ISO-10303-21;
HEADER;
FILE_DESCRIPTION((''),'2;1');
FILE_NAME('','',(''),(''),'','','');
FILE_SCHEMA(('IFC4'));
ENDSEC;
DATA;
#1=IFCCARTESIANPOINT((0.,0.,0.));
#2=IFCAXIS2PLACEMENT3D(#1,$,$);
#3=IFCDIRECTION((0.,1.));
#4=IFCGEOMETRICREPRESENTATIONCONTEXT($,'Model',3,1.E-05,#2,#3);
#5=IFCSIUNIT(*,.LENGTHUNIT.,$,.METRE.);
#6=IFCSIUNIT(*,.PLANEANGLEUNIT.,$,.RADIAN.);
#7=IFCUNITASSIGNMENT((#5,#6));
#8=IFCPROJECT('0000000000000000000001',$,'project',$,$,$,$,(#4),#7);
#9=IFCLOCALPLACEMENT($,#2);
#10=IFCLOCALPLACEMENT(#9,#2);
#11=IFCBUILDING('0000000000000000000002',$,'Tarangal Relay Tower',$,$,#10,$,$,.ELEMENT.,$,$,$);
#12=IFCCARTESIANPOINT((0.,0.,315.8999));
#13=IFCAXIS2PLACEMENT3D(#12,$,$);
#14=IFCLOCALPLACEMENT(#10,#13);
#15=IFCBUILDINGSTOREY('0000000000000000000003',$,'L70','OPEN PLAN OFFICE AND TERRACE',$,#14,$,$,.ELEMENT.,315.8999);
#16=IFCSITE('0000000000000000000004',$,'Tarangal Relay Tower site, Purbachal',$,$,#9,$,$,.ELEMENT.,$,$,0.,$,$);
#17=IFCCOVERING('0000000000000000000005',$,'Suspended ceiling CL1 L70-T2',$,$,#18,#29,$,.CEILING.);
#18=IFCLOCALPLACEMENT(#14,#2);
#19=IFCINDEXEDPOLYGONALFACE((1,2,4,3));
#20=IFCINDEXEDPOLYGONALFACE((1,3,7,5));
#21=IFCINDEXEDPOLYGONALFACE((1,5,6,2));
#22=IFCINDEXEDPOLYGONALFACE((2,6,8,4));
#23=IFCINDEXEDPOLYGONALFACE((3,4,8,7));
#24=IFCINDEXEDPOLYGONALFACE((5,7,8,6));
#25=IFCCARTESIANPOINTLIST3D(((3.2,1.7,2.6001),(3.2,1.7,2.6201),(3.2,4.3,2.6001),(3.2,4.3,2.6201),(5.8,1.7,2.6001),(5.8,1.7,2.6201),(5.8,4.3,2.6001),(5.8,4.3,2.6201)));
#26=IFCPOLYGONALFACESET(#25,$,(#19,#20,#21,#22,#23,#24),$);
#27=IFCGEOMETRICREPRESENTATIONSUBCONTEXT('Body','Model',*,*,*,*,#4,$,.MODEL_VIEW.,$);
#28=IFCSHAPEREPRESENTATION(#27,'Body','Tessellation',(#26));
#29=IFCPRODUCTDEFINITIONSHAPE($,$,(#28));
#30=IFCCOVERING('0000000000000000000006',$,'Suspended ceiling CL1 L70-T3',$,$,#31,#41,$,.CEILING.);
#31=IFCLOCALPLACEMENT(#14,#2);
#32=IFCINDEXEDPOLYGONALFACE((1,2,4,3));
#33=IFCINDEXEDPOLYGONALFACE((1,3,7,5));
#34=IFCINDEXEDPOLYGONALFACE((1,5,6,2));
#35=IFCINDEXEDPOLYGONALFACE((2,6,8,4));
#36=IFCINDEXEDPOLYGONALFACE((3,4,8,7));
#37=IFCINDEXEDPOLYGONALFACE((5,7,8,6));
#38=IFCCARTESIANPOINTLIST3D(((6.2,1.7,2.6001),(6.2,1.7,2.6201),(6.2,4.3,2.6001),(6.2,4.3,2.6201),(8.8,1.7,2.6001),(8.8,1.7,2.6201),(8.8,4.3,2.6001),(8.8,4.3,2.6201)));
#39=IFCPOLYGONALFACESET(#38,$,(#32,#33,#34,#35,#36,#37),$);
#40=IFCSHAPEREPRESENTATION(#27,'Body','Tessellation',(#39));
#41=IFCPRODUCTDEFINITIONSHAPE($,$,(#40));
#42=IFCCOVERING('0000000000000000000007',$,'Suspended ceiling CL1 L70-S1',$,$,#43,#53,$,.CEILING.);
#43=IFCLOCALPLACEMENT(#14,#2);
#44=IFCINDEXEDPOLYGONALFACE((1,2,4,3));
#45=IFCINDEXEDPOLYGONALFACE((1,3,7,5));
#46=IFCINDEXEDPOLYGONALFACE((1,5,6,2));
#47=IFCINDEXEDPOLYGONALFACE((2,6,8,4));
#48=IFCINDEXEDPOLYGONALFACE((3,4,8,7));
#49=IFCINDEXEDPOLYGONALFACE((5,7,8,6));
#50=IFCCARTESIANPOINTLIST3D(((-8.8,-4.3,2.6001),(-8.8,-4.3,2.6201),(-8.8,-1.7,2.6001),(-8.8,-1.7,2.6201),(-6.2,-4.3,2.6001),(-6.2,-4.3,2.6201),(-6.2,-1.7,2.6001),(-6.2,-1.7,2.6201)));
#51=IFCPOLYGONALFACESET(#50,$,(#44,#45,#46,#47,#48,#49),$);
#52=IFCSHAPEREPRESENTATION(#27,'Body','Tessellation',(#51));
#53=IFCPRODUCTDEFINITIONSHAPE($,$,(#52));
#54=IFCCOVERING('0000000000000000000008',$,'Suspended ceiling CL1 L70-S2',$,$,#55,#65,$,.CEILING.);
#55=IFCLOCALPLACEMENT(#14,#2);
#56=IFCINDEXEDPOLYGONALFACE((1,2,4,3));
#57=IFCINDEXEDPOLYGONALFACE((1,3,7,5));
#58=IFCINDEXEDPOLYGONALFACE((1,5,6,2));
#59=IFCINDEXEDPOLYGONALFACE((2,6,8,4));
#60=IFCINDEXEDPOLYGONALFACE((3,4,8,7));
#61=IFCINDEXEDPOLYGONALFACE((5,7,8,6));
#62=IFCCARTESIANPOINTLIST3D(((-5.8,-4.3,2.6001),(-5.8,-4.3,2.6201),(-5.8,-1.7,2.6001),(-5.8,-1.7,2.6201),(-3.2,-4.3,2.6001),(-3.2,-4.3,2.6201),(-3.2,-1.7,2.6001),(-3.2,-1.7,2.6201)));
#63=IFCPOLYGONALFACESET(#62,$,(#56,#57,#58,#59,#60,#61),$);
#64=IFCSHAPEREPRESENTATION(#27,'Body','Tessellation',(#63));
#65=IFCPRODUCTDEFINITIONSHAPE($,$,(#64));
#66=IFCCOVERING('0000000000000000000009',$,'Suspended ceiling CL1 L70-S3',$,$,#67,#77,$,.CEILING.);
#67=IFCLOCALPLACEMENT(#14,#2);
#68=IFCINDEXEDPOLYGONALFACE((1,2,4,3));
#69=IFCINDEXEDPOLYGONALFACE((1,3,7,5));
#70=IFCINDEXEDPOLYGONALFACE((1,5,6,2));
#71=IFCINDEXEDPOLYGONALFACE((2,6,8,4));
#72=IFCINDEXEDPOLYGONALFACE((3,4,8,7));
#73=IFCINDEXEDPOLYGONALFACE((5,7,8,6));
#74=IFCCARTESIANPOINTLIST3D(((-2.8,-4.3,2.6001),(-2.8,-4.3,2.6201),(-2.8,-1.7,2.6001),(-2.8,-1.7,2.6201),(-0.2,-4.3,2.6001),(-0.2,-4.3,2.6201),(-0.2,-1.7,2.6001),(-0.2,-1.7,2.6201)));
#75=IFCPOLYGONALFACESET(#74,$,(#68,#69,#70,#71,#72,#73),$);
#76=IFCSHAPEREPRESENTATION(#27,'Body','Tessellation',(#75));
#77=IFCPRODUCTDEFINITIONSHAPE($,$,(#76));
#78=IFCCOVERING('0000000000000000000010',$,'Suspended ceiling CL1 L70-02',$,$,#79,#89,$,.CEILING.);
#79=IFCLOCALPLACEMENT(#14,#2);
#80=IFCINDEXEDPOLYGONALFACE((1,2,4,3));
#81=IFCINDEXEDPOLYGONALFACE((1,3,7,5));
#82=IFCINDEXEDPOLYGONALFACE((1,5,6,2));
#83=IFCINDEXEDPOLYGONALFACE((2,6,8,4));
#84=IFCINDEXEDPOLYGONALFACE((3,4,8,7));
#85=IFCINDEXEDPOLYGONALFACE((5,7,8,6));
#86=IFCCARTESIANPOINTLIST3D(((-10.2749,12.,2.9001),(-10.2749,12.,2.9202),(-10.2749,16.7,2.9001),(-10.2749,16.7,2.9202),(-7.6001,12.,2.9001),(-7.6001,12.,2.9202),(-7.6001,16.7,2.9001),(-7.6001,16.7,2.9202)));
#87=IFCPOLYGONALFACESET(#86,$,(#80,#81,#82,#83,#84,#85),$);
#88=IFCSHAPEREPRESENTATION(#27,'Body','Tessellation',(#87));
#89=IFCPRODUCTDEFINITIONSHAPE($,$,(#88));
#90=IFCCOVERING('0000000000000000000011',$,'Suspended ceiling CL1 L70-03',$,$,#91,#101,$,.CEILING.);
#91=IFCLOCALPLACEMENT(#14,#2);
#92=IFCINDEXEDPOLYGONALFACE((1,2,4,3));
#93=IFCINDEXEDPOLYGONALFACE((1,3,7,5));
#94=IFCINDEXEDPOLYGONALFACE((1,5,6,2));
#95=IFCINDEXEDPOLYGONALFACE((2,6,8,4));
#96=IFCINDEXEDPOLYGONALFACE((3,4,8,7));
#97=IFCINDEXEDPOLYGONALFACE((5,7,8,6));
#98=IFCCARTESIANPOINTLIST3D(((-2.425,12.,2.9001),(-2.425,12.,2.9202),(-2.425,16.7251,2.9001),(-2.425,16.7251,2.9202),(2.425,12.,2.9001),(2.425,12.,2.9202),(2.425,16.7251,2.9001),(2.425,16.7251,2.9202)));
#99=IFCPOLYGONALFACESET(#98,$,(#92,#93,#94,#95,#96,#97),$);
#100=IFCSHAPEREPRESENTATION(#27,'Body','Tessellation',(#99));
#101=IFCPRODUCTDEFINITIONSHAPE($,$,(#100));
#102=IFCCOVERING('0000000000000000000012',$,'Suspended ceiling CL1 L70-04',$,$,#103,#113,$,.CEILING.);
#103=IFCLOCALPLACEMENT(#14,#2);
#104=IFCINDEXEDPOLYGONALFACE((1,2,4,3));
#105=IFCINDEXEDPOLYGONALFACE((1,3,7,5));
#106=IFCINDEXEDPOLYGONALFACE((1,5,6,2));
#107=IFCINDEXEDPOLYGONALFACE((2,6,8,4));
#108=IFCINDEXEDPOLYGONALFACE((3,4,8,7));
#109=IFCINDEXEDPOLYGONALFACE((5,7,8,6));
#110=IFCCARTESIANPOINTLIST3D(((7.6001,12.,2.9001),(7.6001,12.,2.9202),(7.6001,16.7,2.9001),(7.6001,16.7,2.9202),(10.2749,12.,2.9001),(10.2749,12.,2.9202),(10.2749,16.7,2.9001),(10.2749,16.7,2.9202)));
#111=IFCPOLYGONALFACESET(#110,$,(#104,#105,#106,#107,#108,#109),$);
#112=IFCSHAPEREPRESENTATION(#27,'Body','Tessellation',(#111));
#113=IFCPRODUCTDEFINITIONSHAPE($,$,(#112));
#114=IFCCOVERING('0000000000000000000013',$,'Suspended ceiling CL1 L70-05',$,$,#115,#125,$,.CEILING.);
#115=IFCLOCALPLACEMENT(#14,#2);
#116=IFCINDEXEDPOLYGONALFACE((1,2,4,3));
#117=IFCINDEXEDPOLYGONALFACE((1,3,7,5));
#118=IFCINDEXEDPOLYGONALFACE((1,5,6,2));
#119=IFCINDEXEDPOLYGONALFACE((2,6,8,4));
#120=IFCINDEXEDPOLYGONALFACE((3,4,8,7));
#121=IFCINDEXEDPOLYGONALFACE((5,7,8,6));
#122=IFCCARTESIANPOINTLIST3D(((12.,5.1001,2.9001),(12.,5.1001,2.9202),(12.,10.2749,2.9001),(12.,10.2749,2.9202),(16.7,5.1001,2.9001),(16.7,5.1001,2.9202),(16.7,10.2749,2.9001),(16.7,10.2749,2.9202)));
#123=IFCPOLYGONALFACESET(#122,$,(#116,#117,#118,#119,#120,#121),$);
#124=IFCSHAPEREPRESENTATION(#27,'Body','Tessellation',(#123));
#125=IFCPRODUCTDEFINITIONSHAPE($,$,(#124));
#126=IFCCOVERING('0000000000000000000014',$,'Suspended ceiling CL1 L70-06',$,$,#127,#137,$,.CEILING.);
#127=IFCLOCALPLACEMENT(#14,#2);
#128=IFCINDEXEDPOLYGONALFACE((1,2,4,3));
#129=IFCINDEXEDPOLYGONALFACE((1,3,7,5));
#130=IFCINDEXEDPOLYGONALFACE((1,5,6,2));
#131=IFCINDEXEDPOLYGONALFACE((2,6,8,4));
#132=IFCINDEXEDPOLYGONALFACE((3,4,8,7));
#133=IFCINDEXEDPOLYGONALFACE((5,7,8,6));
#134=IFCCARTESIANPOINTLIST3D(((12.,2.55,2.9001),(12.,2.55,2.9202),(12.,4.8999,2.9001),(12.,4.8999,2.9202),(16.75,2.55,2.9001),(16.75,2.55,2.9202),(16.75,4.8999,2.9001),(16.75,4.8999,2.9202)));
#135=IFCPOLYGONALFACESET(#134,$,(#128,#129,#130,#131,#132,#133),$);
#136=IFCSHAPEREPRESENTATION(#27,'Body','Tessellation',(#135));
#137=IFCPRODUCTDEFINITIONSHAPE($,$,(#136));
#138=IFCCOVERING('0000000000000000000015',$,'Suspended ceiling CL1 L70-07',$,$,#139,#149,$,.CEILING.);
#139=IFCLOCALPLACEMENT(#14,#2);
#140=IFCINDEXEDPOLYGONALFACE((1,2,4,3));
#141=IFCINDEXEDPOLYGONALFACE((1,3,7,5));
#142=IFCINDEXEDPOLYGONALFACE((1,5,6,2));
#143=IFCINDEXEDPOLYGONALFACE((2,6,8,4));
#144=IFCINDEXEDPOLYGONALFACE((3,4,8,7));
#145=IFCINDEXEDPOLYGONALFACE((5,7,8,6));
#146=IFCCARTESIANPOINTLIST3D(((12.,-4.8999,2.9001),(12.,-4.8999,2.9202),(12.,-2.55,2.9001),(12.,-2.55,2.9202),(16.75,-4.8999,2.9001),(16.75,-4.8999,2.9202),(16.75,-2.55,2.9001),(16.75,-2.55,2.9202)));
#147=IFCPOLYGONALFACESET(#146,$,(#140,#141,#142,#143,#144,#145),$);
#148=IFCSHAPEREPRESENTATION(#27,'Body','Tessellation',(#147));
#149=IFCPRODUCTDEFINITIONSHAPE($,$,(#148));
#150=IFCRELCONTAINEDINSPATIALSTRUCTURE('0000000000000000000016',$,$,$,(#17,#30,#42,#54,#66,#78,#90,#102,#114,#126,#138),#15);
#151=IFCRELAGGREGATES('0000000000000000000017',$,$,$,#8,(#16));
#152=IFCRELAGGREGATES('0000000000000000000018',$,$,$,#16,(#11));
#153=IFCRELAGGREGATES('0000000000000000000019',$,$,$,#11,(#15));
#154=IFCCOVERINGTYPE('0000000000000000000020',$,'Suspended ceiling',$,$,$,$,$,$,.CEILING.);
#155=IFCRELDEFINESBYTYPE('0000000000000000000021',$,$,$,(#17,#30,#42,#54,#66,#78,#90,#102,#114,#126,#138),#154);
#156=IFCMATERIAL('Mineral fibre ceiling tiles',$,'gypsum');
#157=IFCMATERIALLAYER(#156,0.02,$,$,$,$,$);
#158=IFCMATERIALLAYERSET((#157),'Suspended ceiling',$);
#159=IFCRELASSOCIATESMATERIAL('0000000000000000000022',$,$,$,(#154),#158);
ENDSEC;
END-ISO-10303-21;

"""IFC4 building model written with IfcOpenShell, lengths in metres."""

from ifc_helpers import new_model, si_unit, direction, frame, origin, place, context, subcontext, project, spatial, polyline, outline, extrude, material, layer, layer_set, type_object, element, save


model = new_model("IFC4")

# Units and contexts
model_context = context("Model", 3, precision=1e-05, world=origin(), true_north=direction((0.0, 1.0)))
body_context = subcontext(model_context, "Body", "Model", "MODEL_VIEW")
ifc_project = project(units=[si_unit("LENGTHUNIT", "METRE"), si_unit("PLANEANGLEUNIT", "RADIAN")], contexts=[model_context])

# Site, building, storey
site_placement = place(None, origin())
site = spatial("IfcSite", under=ifc_project, at=site_placement, Name="Tarangal Relay Tower site, Purbachal", CompositionType="ELEMENT", RefElevation=0.0)
building_placement = place(site_placement, origin())
building = spatial("IfcBuilding", under=site, at=building_placement, Name="Tarangal Relay Tower", CompositionType="ELEMENT")
storey_placement = place(building_placement, frame((0.0, 0.0, 315.8999)))
storey = spatial("IfcBuildingStorey", under=building, at=storey_placement, Name="L70", Description="OPEN PLAN OFFICE AND TERRACE", CompositionType="ELEMENT", Elevation=315.8999)

# Coverings
ifc_material_1 = material(Name="Mineral fibre ceiling tiles", Category="gypsum")
ifc_layer_1 = layer(ifc_material_1, 0.02)
ifc_layer_set_1 = layer_set([ifc_layer_1], Name="Suspended ceiling")
covering_type_1 = type_object("IfcCoveringType", Name="Suspended ceiling", PredefinedType="CEILING", material=ifc_layer_set_1)
covering_1_placement = place(storey_placement, frame((0.0, 0.0, 2.6001)))
element("IfcCovering", 1, at=covering_1_placement, inside=storey, type_object=covering_type_1, Name="Suspended ceiling CL1 L70-T2", PredefinedType="CEILING", context=body_context, shape_type="SweptSolid", body=[
    extrude(outline(polyline([(3.2, 1.7), (5.8, 1.7), (5.8, 4.3), (3.2, 4.3), (3.2, 1.7)])), origin(), (0.0, 0.0, 1.0), 0.02),
])
covering_2_placement = place(storey_placement, frame((0.0, 0.0, 2.6001)))
element("IfcCovering", 2, at=covering_2_placement, inside=storey, type_object=covering_type_1, Name="Suspended ceiling CL1 L70-T3", PredefinedType="CEILING", context=body_context, shape_type="SweptSolid", body=[
    extrude(outline(polyline([(6.2, 1.7), (8.8, 1.7), (8.8, 4.3), (6.2, 4.3), (6.2, 1.7)])), origin(), (0.0, 0.0, 1.0), 0.02),
])
covering_3_placement = place(storey_placement, frame((0.0, 0.0, 2.6001)))
element("IfcCovering", 3, at=covering_3_placement, inside=storey, type_object=covering_type_1, Name="Suspended ceiling CL1 L70-S1", PredefinedType="CEILING", context=body_context, shape_type="SweptSolid", body=[
    extrude(outline(polyline([(-8.8, -4.3), (-6.2, -4.3), (-6.2, -1.7), (-8.8, -1.7), (-8.8, -4.3)])), origin(), (0.0, 0.0, 1.0), 0.02),
])
covering_4_placement = place(storey_placement, frame((0.0, 0.0, 2.6001)))
element("IfcCovering", 4, at=covering_4_placement, inside=storey, type_object=covering_type_1, Name="Suspended ceiling CL1 L70-S2", PredefinedType="CEILING", context=body_context, shape_type="SweptSolid", body=[
    extrude(outline(polyline([(-5.8, -4.3), (-3.2, -4.3), (-3.2, -1.7), (-5.8, -1.7), (-5.8, -4.3)])), origin(), (0.0, 0.0, 1.0), 0.02),
])
covering_5_placement = place(storey_placement, frame((0.0, 0.0, 2.6001)))
element("IfcCovering", 5, at=covering_5_placement, inside=storey, type_object=covering_type_1, Name="Suspended ceiling CL1 L70-S3", PredefinedType="CEILING", context=body_context, shape_type="SweptSolid", body=[
    extrude(outline(polyline([(-2.8, -4.3), (-0.2, -4.3), (-0.2, -1.7), (-2.8, -1.7), (-2.8, -4.3)])), origin(), (0.0, 0.0, 1.0), 0.02),
])
covering_6_placement = place(storey_placement, frame((0.0, 0.0, 2.9001)))
element("IfcCovering", 6, at=covering_6_placement, inside=storey, type_object=covering_type_1, Name="Suspended ceiling CL1 L70-02", PredefinedType="CEILING", context=body_context, shape_type="SweptSolid", body=[
    extrude(outline(polyline([(-7.6001, 12.0), (-7.6001, 16.7), (-10.2749, 16.7), (-10.2749, 12.0), (-7.6001, 12.0)])), origin(), (0.0, 0.0, 1.0), 0.02),
])
covering_7_placement = place(storey_placement, frame((0.0, 0.0, 2.9001)))
element("IfcCovering", 7, at=covering_7_placement, inside=storey, type_object=covering_type_1, Name="Suspended ceiling CL1 L70-03", PredefinedType="CEILING", context=body_context, shape_type="SweptSolid", body=[
    extrude(outline(polyline([(2.425, 12.0), (2.425, 16.7251), (-2.425, 16.7251), (-2.425, 12.0), (2.425, 12.0)])), origin(), (0.0, 0.0, 1.0), 0.02),
])
covering_8_placement = place(storey_placement, frame((0.0, 0.0, 2.9001)))
element("IfcCovering", 8, at=covering_8_placement, inside=storey, type_object=covering_type_1, Name="Suspended ceiling CL1 L70-04", PredefinedType="CEILING", context=body_context, shape_type="SweptSolid", body=[
    extrude(outline(polyline([(10.2749, 12.0), (10.2749, 16.7), (7.6001, 16.7), (7.6001, 12.0), (10.2749, 12.0)])), origin(), (0.0, 0.0, 1.0), 0.02),
])
covering_9_placement = place(storey_placement, frame((0.0, 0.0, 2.9001)))
element("IfcCovering", 9, at=covering_9_placement, inside=storey, type_object=covering_type_1, Name="Suspended ceiling CL1 L70-05", PredefinedType="CEILING", context=body_context, shape_type="SweptSolid", body=[
    extrude(outline(polyline([(12.0, 5.1001), (16.7, 5.1001), (16.7, 10.2749), (12.0, 10.2749), (12.0, 5.1001)])), origin(), (0.0, 0.0, 1.0), 0.02),
])
covering_10_placement = place(storey_placement, frame((0.0, 0.0, 2.9001)))
element("IfcCovering", 10, at=covering_10_placement, inside=storey, type_object=covering_type_1, Name="Suspended ceiling CL1 L70-06", PredefinedType="CEILING", context=body_context, shape_type="SweptSolid", body=[
    extrude(outline(polyline([(12.0, 2.55), (16.75, 2.55), (16.75, 4.8999), (12.0, 4.8999), (12.0, 2.55)])), origin(), (0.0, 0.0, 1.0), 0.02),
])
covering_11_placement = place(storey_placement, frame((0.0, 0.0, 2.9001)))
element("IfcCovering", 11, at=covering_11_placement, inside=storey, type_object=covering_type_1, Name="Suspended ceiling CL1 L70-07", PredefinedType="CEILING", context=body_context, shape_type="SweptSolid", body=[
    extrude(outline(polyline([(12.0, -4.8999), (16.75, -4.8999), (16.75, -2.55), (12.0, -2.55), (12.0, -4.8999)])), origin(), (0.0, 0.0, 1.0), 0.02),
])

save(model, "model.ifc")
